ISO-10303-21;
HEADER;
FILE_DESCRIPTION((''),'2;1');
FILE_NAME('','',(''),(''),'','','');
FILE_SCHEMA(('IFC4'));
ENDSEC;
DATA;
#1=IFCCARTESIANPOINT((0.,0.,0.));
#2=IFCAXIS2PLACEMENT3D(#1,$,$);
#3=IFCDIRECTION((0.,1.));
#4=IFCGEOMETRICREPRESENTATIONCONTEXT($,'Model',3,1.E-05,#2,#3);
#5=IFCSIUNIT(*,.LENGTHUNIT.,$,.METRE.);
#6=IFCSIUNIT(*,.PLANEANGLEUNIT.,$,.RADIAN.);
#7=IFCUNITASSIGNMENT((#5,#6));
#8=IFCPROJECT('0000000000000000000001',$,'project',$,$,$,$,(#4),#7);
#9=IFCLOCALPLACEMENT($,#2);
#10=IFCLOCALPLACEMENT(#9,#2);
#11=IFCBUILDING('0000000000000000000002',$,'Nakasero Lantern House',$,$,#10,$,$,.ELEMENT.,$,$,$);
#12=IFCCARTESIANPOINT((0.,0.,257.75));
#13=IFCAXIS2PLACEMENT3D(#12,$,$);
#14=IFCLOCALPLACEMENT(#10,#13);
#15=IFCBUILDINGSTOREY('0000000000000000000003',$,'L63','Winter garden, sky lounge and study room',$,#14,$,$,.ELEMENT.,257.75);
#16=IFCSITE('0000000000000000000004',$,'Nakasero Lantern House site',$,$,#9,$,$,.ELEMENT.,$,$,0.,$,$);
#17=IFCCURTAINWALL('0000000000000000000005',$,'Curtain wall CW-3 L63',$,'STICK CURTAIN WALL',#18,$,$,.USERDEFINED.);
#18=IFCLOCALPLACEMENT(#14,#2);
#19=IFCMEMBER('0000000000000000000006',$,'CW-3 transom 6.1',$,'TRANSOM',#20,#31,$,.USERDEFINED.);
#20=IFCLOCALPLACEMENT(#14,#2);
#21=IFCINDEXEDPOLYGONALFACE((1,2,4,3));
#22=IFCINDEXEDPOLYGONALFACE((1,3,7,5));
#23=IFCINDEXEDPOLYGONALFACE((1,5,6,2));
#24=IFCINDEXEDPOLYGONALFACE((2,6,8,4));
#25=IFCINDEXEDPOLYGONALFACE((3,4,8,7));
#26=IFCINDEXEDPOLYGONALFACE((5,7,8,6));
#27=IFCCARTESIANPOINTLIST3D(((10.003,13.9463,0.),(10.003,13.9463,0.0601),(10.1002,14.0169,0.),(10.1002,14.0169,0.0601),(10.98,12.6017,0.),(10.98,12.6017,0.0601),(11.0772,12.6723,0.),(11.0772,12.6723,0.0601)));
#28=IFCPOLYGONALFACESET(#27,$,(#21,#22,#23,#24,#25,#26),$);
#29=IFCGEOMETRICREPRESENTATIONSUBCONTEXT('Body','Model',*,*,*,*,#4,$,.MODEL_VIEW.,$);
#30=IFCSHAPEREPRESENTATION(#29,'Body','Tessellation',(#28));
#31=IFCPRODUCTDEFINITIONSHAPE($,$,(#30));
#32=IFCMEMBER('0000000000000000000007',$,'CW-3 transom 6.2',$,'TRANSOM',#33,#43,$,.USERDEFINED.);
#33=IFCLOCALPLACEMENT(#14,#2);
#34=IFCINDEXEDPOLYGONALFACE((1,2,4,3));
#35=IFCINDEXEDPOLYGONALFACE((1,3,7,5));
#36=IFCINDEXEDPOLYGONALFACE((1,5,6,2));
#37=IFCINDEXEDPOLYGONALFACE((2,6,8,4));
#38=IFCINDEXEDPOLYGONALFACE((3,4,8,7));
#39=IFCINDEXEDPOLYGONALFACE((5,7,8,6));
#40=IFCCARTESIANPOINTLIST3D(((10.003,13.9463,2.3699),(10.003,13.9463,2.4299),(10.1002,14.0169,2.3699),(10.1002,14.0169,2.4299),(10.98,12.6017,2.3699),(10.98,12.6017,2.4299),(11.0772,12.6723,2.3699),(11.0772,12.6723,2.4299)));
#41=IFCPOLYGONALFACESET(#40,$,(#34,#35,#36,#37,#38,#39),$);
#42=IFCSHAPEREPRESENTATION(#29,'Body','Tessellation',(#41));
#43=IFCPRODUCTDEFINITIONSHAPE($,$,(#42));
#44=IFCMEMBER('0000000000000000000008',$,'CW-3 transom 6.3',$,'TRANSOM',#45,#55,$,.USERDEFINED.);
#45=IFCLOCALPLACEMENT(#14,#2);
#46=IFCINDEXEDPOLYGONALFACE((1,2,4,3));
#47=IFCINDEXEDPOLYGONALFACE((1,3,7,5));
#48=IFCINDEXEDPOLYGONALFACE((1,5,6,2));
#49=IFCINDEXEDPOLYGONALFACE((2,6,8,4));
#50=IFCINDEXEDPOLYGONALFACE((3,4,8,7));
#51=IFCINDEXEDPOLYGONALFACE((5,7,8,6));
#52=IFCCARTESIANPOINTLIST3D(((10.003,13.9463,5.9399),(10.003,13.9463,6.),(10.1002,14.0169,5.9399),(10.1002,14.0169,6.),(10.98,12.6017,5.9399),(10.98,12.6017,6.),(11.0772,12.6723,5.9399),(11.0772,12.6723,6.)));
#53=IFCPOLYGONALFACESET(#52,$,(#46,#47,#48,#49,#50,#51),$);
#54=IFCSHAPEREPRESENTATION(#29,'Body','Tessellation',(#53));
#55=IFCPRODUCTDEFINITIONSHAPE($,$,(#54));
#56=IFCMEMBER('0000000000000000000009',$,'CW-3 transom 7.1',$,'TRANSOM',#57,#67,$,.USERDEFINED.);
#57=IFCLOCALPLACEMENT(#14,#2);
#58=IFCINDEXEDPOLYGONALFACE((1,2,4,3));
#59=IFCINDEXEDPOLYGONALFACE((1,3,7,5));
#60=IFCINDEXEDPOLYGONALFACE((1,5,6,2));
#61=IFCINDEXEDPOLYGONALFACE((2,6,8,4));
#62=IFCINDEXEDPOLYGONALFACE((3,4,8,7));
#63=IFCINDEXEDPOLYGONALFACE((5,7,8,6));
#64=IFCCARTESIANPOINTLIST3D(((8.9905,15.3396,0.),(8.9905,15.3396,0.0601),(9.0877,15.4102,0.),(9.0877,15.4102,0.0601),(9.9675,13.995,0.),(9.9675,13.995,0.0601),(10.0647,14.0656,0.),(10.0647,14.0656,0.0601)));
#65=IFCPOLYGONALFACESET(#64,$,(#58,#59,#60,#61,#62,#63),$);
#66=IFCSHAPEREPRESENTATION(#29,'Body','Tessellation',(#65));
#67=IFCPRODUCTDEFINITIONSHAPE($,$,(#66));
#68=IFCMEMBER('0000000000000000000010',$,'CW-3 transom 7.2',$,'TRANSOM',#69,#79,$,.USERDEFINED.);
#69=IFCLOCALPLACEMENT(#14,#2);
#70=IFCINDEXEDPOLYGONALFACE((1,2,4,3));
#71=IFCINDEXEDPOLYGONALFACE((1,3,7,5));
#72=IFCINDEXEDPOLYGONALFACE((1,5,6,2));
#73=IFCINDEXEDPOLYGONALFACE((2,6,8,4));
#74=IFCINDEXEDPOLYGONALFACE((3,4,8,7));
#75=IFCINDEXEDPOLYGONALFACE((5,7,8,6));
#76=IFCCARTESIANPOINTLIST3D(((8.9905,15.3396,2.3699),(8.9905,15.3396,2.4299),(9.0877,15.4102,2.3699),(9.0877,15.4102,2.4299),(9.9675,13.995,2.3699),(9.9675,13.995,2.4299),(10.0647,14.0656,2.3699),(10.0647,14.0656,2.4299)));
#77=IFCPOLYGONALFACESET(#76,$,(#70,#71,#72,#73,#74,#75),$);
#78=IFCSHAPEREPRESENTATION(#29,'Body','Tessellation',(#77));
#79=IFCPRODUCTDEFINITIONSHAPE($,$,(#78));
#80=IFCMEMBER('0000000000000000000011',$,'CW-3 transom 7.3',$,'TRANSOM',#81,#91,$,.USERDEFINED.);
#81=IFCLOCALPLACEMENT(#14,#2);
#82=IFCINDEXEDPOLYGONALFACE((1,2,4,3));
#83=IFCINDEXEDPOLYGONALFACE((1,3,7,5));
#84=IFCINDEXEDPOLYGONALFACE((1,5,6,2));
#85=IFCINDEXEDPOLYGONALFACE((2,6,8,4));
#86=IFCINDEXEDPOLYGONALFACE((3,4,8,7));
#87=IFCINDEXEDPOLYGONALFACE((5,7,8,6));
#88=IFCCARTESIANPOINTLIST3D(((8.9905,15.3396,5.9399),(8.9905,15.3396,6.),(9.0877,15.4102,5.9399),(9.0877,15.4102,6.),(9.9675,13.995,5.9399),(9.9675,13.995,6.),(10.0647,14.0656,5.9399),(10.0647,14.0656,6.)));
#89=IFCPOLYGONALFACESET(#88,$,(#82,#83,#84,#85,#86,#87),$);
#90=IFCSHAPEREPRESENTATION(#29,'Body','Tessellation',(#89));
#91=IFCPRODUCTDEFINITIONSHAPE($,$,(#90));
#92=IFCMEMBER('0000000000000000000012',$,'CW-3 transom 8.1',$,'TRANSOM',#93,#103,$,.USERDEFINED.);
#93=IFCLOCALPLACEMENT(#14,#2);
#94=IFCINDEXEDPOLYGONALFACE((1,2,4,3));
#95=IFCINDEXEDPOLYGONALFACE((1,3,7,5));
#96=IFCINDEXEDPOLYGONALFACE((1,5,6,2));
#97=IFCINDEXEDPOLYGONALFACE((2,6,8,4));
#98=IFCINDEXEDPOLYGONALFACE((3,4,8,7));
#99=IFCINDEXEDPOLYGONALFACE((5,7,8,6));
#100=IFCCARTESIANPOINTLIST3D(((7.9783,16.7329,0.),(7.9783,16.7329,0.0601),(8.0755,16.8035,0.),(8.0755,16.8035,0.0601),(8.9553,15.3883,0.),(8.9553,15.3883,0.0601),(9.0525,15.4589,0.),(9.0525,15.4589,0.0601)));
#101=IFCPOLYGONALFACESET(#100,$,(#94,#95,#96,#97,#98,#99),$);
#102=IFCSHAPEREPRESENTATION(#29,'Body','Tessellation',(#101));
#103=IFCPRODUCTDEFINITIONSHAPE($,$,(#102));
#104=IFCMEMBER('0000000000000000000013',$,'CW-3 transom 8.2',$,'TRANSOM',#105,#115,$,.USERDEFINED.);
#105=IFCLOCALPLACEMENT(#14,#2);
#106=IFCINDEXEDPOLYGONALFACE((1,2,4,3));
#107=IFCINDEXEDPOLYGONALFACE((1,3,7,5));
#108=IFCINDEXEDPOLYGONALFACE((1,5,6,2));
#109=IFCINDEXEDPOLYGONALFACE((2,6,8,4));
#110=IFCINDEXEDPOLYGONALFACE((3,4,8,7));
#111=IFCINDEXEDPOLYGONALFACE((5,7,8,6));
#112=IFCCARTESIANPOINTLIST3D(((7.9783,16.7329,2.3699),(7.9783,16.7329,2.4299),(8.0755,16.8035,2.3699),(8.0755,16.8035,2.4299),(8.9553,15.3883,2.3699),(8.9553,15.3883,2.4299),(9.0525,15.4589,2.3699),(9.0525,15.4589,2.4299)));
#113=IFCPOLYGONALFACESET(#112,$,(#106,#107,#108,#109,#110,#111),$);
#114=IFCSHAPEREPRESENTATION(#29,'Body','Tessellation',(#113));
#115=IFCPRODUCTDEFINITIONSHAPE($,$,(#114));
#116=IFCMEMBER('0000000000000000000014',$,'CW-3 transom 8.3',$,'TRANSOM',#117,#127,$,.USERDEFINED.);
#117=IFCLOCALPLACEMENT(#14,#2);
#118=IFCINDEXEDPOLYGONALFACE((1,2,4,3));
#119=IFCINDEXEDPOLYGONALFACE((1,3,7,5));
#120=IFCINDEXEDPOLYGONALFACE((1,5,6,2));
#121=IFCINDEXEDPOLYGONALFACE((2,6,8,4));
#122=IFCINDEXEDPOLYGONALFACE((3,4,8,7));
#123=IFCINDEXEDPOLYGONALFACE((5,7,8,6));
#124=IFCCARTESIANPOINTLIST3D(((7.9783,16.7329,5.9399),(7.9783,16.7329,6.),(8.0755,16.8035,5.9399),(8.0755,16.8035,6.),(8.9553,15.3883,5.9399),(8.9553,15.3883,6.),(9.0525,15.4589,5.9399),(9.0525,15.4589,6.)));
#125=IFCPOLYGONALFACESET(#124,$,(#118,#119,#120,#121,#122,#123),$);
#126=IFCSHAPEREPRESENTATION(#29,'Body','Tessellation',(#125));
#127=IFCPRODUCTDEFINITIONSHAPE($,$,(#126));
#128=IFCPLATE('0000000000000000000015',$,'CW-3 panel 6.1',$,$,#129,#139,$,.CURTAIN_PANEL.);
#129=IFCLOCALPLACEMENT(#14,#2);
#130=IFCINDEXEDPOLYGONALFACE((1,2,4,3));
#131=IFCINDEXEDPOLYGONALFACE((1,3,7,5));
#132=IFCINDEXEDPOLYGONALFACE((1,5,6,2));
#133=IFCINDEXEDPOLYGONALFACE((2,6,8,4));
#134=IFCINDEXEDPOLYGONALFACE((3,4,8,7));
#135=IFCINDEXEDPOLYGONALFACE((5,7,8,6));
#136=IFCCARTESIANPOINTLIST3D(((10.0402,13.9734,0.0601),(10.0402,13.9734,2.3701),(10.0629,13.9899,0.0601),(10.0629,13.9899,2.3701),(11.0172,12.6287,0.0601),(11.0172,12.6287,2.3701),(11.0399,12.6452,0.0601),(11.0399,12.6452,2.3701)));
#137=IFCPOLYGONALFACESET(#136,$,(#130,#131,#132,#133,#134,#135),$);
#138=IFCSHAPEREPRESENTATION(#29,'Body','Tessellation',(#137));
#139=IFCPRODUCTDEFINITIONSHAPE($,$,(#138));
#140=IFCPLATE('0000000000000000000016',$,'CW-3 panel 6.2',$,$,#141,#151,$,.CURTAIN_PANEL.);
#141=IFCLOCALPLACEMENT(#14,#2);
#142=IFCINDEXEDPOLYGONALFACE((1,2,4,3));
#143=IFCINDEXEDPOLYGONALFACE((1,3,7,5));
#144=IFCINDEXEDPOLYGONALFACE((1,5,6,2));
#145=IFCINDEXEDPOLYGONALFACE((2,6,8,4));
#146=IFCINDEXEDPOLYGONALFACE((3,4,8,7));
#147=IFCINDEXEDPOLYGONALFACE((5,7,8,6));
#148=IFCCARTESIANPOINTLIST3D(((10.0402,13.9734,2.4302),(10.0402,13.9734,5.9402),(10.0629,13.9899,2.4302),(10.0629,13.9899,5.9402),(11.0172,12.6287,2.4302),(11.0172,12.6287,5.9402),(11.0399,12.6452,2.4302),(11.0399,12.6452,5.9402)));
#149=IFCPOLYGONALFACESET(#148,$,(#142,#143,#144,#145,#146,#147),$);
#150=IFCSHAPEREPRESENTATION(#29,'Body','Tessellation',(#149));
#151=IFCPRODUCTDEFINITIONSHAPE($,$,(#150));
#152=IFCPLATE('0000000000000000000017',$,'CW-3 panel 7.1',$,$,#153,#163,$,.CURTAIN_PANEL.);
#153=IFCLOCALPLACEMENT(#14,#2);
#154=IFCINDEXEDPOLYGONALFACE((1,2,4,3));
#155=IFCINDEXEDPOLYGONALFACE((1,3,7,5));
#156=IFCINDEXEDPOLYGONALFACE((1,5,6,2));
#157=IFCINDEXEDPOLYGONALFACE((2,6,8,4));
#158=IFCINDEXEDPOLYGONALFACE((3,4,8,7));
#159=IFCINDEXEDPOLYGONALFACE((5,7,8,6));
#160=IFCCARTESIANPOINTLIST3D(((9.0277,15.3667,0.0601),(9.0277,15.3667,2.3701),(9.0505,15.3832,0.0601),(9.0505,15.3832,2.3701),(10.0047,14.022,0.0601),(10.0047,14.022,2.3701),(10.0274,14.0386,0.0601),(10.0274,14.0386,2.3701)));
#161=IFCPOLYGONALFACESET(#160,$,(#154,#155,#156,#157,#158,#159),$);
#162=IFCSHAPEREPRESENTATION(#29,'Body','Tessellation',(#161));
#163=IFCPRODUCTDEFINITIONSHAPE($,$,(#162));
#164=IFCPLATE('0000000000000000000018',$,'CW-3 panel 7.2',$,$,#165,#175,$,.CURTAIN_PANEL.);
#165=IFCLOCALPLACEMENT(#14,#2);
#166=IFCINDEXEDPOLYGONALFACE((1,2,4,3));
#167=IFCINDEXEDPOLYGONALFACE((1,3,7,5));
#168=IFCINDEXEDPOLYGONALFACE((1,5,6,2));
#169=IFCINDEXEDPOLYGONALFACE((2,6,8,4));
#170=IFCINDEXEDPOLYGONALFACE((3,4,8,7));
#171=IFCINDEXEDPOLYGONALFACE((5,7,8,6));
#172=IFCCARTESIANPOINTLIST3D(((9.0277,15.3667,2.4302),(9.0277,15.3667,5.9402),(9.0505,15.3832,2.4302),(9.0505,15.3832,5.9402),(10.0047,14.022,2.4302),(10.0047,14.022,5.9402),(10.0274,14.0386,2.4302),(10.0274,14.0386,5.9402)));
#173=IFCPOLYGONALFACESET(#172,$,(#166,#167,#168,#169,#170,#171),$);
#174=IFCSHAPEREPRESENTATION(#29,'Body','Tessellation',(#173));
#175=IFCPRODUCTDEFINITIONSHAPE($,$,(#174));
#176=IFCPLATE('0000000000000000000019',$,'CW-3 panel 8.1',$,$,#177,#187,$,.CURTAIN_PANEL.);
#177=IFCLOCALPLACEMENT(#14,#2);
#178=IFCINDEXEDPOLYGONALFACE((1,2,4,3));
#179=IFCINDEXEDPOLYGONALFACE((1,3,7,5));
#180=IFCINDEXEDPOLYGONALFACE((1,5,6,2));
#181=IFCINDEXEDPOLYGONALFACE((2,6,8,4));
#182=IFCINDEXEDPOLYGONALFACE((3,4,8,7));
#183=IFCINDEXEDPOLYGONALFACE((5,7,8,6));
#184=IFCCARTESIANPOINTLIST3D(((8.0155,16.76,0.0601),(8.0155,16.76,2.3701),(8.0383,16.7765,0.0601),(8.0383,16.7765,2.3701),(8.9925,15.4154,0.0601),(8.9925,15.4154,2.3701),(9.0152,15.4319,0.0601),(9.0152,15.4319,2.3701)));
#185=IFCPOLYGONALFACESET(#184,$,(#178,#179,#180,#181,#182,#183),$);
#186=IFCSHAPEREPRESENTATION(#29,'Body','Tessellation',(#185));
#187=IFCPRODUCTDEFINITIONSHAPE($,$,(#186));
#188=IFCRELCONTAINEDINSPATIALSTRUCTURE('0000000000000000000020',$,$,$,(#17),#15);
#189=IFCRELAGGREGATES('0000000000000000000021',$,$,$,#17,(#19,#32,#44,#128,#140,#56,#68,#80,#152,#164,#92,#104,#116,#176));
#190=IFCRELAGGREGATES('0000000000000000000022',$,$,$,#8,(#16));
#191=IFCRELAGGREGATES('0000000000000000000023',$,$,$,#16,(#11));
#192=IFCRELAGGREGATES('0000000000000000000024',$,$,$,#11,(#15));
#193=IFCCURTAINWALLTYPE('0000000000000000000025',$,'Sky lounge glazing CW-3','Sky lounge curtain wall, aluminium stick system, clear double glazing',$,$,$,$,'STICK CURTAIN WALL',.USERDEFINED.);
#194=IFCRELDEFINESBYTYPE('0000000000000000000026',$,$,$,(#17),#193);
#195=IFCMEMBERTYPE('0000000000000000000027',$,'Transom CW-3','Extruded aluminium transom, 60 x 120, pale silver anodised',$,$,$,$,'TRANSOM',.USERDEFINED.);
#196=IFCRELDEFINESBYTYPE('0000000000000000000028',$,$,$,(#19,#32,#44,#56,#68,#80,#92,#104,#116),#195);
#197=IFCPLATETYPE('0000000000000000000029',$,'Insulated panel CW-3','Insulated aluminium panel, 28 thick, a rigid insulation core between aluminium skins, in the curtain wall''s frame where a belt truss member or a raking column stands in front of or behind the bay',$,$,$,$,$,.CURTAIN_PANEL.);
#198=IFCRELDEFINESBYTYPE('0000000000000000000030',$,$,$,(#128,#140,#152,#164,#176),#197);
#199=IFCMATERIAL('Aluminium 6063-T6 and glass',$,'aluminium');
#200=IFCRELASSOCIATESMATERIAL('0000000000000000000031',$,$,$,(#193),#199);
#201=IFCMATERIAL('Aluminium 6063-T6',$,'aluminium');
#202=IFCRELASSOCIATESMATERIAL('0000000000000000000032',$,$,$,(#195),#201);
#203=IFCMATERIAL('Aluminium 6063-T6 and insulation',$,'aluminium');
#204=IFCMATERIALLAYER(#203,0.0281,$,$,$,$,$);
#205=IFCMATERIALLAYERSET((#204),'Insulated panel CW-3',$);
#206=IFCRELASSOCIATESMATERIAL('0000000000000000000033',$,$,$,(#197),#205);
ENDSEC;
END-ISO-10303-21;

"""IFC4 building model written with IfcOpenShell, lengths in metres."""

from ifc_helpers import new_model, si_unit, direction, frame, origin, origin_2d, place, context, subcontext, project, spatial, rectangle, extrude, material, layer, layer_set, material_profile, profile_set, type_object, element, aggregate, save


model = new_model("IFC4")

# Units and contexts
model_context = context("Model", 3, precision=1e-05, world=origin(), true_north=direction((0.0, 1.0)))
body_context = subcontext(model_context, "Body", "Model", "MODEL_VIEW")
ifc_project = project(units=[si_unit("LENGTHUNIT", "METRE"), si_unit("PLANEANGLEUNIT", "RADIAN")], contexts=[model_context])

# Site, building, storey
site_placement = place(None, origin())
site = spatial("IfcSite", under=ifc_project, at=site_placement, Name="Nakasero Lantern House site", CompositionType="ELEMENT", RefElevation=0.0)
building_placement = place(site_placement, origin())
building = spatial("IfcBuilding", under=site, at=building_placement, Name="Nakasero Lantern House", CompositionType="ELEMENT")
storey_placement = place(building_placement, frame((0.0, 0.0, 257.75)))
storey = spatial("IfcBuildingStorey", under=building, at=storey_placement, Name="L63", Description="Winter garden, sky lounge and study room", CompositionType="ELEMENT", Elevation=257.75)

# Curtain wall
ifc_material_1 = material(Name="Aluminium 6063-T6 and glass", Category="aluminium")
curtain_wall_type = type_object("IfcCurtainWallType", Name="Sky lounge glazing CW-3", Description="Sky lounge curtain wall, aluminium stick system, clear double glazing", ElementType="STICK CURTAIN WALL", PredefinedType="USERDEFINED", material=ifc_material_1)
curtain_wall_placement = place(storey_placement, origin())
curtain_wall = element("IfcCurtainWall", 1, at=curtain_wall_placement, inside=storey, type_object=curtain_wall_type, Name="Curtain wall CW-3 L63", ObjectType="STICK CURTAIN WALL", PredefinedType="USERDEFINED")

# Members
ifc_material_2 = material(Name="Aluminium 6063-T6", Category="aluminium")
ifc_material_profile_1 = material_profile(ifc_material_2, rectangle(XDim=0.0601, YDim=0.1201, at=origin_2d()), Name="CW-3 transom 60x120")
ifc_profile_set_1 = profile_set([ifc_material_profile_1], Name="Aluminium 6063-T6")
member_type_1 = type_object("IfcMemberType", Name="Transom CW-3", Description="Extruded aluminium transom, 60 x 120, pale silver anodised", ElementType="TRANSOM", PredefinedType="USERDEFINED", material=ifc_profile_set_1)
member_1_placement = place(storey_placement, frame((11.0286, 12.637, 0.03), z_axis=(-0.587805, 0.809003, 0.0), x_axis=(0.0, 0.0, 1.0)))
member_1 = element("IfcMember", 2, at=member_1_placement, type_object=member_type_1, Name="CW-3 transom 6.1", ObjectType="TRANSOM", PredefinedType="USERDEFINED", context=body_context, shape_type="SweptSolid", body=[
    extrude(rectangle(XDim=0.0601, YDim=0.1201, at=origin_2d()), origin(), (0.0, 0.0, 1.0), 1.6621),
])
member_2_placement = place(storey_placement, frame((11.0286, 12.637, 2.3999), z_axis=(-0.587805, 0.809003, 0.0), x_axis=(0.0, 0.0, 1.0)))
member_2 = element("IfcMember", 3, at=member_2_placement, type_object=member_type_1, Name="CW-3 transom 6.2", ObjectType="TRANSOM", PredefinedType="USERDEFINED", context=body_context, shape_type="SweptSolid", body=[
    extrude(rectangle(XDim=0.0601, YDim=0.1201, at=origin_2d()), origin(), (0.0, 0.0, 1.0), 1.6621),
])
member_3_placement = place(storey_placement, frame((11.0286, 12.637, 5.97), z_axis=(-0.587805, 0.809003, 0.0), x_axis=(0.0, 0.0, 1.0)))
member_3 = element("IfcMember", 4, at=member_3_placement, type_object=member_type_1, Name="CW-3 transom 6.3", ObjectType="TRANSOM", PredefinedType="USERDEFINED", context=body_context, shape_type="SweptSolid", body=[
    extrude(rectangle(XDim=0.0601, YDim=0.1201, at=origin_2d()), origin(), (0.0, 0.0, 1.0), 1.6621),
])
member_4_placement = place(storey_placement, frame((10.0161, 14.0303, 0.03), z_axis=(-0.587805, 0.809003, 0.0), x_axis=(0.0, 0.0, 1.0)))
member_4 = element("IfcMember", 5, at=member_4_placement, type_object=member_type_1, Name="CW-3 transom 7.1", ObjectType="TRANSOM", PredefinedType="USERDEFINED", context=body_context, shape_type="SweptSolid", body=[
    extrude(rectangle(XDim=0.0601, YDim=0.1201, at=origin_2d()), origin(), (0.0, 0.0, 1.0), 1.6621),
])
member_5_placement = place(storey_placement, frame((10.0161, 14.0303, 2.3999), z_axis=(-0.587805, 0.809003, 0.0), x_axis=(0.0, 0.0, 1.0)))
member_5 = element("IfcMember", 6, at=member_5_placement, type_object=member_type_1, Name="CW-3 transom 7.2", ObjectType="TRANSOM", PredefinedType="USERDEFINED", context=body_context, shape_type="SweptSolid", body=[
    extrude(rectangle(XDim=0.0601, YDim=0.1201, at=origin_2d()), origin(), (0.0, 0.0, 1.0), 1.6621),
])
member_6_placement = place(storey_placement, frame((10.0161, 14.0303, 5.97), z_axis=(-0.587805, 0.809003, 0.0), x_axis=(0.0, 0.0, 1.0)))
member_6 = element("IfcMember", 7, at=member_6_placement, type_object=member_type_1, Name="CW-3 transom 7.3", ObjectType="TRANSOM", PredefinedType="USERDEFINED", context=body_context, shape_type="SweptSolid", body=[
    extrude(rectangle(XDim=0.0601, YDim=0.1201, at=origin_2d()), origin(), (0.0, 0.0, 1.0), 1.6621),
])
member_7_placement = place(storey_placement, frame((9.0039, 15.4236, 0.03), z_axis=(-0.587805, 0.809003, 0.0), x_axis=(0.0, 0.0, 1.0)))
member_7 = element("IfcMember", 8, at=member_7_placement, type_object=member_type_1, Name="CW-3 transom 8.1", ObjectType="TRANSOM", PredefinedType="USERDEFINED", context=body_context, shape_type="SweptSolid", body=[
    extrude(rectangle(XDim=0.0601, YDim=0.1201, at=origin_2d()), origin(), (0.0, 0.0, 1.0), 1.6621),
])
member_8_placement = place(storey_placement, frame((9.0039, 15.4236, 2.3999), z_axis=(-0.587805, 0.809003, 0.0), x_axis=(0.0, 0.0, 1.0)))
member_8 = element("IfcMember", 9, at=member_8_placement, type_object=member_type_1, Name="CW-3 transom 8.2", ObjectType="TRANSOM", PredefinedType="USERDEFINED", context=body_context, shape_type="SweptSolid", body=[
    extrude(rectangle(XDim=0.0601, YDim=0.1201, at=origin_2d()), origin(), (0.0, 0.0, 1.0), 1.6621),
])
member_9_placement = place(storey_placement, frame((9.0039, 15.4236, 5.97), z_axis=(-0.587805, 0.809003, 0.0), x_axis=(0.0, 0.0, 1.0)))
member_9 = element("IfcMember", 10, at=member_9_placement, type_object=member_type_1, Name="CW-3 transom 8.3", ObjectType="TRANSOM", PredefinedType="USERDEFINED", context=body_context, shape_type="SweptSolid", body=[
    extrude(rectangle(XDim=0.0601, YDim=0.1201, at=origin_2d()), origin(), (0.0, 0.0, 1.0), 1.6621),
])

# Plates
ifc_material_3 = material(Name="Aluminium 6063-T6 and insulation", Category="aluminium")
ifc_layer_1 = layer(ifc_material_3, 0.0281)
ifc_layer_set_1 = layer_set([ifc_layer_1], Name="Insulated panel CW-3")
plate_type_1 = type_object("IfcPlateType", Name="Insulated panel CW-3", Description="Insulated aluminium panel, 28 thick, a rigid insulation core between aluminium skins, in the curtain wall's frame where a belt truss member or a raking column stands in front of or behind the bay", PredefinedType="CURTAIN_PANEL", material=ifc_layer_set_1)
plate_1_placement = place(storey_placement, frame((10.54, 13.3093, 0.0601), z_axis=(0.0, 0.0, 1.0), x_axis=(-0.587785, 0.809017, 0.0)))
plate_1 = element("IfcPlate", 11, at=plate_1_placement, type_object=plate_type_1, Name="CW-3 panel 6.1", PredefinedType="CURTAIN_PANEL", context=body_context, shape_type="SweptSolid", body=[
    extrude(rectangle(XDim=1.6621, YDim=0.0281, at=origin_2d()), origin(), (0.0, 0.0, 1.0), 2.3101),
])
plate_2_placement = place(storey_placement, frame((10.54, 13.3093, 2.4302), z_axis=(0.0, 0.0, 1.0), x_axis=(-0.587785, 0.809017, 0.0)))
plate_2 = element("IfcPlate", 12, at=plate_2_placement, type_object=plate_type_1, Name="CW-3 panel 6.2", PredefinedType="CURTAIN_PANEL", context=body_context, shape_type="SweptSolid", body=[
    extrude(rectangle(XDim=1.6621, YDim=0.0281, at=origin_2d()), origin(), (0.0, 0.0, 1.0), 3.51),
])
plate_3_placement = place(storey_placement, frame((9.5276, 14.7026, 0.0601), z_axis=(0.0, 0.0, 1.0), x_axis=(-0.587785, 0.809017, 0.0)))
plate_3 = element("IfcPlate", 13, at=plate_3_placement, type_object=plate_type_1, Name="CW-3 panel 7.1", PredefinedType="CURTAIN_PANEL", context=body_context, shape_type="SweptSolid", body=[
    extrude(rectangle(XDim=1.6621, YDim=0.0281, at=origin_2d()), origin(), (0.0, 0.0, 1.0), 2.3101),
])
plate_4_placement = place(storey_placement, frame((9.5276, 14.7026, 2.4302), z_axis=(0.0, 0.0, 1.0), x_axis=(-0.587785, 0.809017, 0.0)))
plate_4 = element("IfcPlate", 14, at=plate_4_placement, type_object=plate_type_1, Name="CW-3 panel 7.2", PredefinedType="CURTAIN_PANEL", context=body_context, shape_type="SweptSolid", body=[
    extrude(rectangle(XDim=1.6621, YDim=0.0281, at=origin_2d()), origin(), (0.0, 0.0, 1.0), 3.51),
])
plate_5_placement = place(storey_placement, frame((8.5154, 16.0959, 0.0601), z_axis=(0.0, 0.0, 1.0), x_axis=(-0.587785, 0.809017, 0.0)))
plate_5 = element("IfcPlate", 15, at=plate_5_placement, type_object=plate_type_1, Name="CW-3 panel 8.1", PredefinedType="CURTAIN_PANEL", context=body_context, shape_type="SweptSolid", body=[
    extrude(rectangle(XDim=1.6621, YDim=0.0281, at=origin_2d()), origin(), (0.0, 0.0, 1.0), 2.3101),
])
aggregate(curtain_wall, [member_1, member_2, member_3, plate_1, plate_2, member_4, member_5, member_6, plate_3, plate_4, member_7, member_8, member_9, plate_5])

save(model, "model.ifc")
